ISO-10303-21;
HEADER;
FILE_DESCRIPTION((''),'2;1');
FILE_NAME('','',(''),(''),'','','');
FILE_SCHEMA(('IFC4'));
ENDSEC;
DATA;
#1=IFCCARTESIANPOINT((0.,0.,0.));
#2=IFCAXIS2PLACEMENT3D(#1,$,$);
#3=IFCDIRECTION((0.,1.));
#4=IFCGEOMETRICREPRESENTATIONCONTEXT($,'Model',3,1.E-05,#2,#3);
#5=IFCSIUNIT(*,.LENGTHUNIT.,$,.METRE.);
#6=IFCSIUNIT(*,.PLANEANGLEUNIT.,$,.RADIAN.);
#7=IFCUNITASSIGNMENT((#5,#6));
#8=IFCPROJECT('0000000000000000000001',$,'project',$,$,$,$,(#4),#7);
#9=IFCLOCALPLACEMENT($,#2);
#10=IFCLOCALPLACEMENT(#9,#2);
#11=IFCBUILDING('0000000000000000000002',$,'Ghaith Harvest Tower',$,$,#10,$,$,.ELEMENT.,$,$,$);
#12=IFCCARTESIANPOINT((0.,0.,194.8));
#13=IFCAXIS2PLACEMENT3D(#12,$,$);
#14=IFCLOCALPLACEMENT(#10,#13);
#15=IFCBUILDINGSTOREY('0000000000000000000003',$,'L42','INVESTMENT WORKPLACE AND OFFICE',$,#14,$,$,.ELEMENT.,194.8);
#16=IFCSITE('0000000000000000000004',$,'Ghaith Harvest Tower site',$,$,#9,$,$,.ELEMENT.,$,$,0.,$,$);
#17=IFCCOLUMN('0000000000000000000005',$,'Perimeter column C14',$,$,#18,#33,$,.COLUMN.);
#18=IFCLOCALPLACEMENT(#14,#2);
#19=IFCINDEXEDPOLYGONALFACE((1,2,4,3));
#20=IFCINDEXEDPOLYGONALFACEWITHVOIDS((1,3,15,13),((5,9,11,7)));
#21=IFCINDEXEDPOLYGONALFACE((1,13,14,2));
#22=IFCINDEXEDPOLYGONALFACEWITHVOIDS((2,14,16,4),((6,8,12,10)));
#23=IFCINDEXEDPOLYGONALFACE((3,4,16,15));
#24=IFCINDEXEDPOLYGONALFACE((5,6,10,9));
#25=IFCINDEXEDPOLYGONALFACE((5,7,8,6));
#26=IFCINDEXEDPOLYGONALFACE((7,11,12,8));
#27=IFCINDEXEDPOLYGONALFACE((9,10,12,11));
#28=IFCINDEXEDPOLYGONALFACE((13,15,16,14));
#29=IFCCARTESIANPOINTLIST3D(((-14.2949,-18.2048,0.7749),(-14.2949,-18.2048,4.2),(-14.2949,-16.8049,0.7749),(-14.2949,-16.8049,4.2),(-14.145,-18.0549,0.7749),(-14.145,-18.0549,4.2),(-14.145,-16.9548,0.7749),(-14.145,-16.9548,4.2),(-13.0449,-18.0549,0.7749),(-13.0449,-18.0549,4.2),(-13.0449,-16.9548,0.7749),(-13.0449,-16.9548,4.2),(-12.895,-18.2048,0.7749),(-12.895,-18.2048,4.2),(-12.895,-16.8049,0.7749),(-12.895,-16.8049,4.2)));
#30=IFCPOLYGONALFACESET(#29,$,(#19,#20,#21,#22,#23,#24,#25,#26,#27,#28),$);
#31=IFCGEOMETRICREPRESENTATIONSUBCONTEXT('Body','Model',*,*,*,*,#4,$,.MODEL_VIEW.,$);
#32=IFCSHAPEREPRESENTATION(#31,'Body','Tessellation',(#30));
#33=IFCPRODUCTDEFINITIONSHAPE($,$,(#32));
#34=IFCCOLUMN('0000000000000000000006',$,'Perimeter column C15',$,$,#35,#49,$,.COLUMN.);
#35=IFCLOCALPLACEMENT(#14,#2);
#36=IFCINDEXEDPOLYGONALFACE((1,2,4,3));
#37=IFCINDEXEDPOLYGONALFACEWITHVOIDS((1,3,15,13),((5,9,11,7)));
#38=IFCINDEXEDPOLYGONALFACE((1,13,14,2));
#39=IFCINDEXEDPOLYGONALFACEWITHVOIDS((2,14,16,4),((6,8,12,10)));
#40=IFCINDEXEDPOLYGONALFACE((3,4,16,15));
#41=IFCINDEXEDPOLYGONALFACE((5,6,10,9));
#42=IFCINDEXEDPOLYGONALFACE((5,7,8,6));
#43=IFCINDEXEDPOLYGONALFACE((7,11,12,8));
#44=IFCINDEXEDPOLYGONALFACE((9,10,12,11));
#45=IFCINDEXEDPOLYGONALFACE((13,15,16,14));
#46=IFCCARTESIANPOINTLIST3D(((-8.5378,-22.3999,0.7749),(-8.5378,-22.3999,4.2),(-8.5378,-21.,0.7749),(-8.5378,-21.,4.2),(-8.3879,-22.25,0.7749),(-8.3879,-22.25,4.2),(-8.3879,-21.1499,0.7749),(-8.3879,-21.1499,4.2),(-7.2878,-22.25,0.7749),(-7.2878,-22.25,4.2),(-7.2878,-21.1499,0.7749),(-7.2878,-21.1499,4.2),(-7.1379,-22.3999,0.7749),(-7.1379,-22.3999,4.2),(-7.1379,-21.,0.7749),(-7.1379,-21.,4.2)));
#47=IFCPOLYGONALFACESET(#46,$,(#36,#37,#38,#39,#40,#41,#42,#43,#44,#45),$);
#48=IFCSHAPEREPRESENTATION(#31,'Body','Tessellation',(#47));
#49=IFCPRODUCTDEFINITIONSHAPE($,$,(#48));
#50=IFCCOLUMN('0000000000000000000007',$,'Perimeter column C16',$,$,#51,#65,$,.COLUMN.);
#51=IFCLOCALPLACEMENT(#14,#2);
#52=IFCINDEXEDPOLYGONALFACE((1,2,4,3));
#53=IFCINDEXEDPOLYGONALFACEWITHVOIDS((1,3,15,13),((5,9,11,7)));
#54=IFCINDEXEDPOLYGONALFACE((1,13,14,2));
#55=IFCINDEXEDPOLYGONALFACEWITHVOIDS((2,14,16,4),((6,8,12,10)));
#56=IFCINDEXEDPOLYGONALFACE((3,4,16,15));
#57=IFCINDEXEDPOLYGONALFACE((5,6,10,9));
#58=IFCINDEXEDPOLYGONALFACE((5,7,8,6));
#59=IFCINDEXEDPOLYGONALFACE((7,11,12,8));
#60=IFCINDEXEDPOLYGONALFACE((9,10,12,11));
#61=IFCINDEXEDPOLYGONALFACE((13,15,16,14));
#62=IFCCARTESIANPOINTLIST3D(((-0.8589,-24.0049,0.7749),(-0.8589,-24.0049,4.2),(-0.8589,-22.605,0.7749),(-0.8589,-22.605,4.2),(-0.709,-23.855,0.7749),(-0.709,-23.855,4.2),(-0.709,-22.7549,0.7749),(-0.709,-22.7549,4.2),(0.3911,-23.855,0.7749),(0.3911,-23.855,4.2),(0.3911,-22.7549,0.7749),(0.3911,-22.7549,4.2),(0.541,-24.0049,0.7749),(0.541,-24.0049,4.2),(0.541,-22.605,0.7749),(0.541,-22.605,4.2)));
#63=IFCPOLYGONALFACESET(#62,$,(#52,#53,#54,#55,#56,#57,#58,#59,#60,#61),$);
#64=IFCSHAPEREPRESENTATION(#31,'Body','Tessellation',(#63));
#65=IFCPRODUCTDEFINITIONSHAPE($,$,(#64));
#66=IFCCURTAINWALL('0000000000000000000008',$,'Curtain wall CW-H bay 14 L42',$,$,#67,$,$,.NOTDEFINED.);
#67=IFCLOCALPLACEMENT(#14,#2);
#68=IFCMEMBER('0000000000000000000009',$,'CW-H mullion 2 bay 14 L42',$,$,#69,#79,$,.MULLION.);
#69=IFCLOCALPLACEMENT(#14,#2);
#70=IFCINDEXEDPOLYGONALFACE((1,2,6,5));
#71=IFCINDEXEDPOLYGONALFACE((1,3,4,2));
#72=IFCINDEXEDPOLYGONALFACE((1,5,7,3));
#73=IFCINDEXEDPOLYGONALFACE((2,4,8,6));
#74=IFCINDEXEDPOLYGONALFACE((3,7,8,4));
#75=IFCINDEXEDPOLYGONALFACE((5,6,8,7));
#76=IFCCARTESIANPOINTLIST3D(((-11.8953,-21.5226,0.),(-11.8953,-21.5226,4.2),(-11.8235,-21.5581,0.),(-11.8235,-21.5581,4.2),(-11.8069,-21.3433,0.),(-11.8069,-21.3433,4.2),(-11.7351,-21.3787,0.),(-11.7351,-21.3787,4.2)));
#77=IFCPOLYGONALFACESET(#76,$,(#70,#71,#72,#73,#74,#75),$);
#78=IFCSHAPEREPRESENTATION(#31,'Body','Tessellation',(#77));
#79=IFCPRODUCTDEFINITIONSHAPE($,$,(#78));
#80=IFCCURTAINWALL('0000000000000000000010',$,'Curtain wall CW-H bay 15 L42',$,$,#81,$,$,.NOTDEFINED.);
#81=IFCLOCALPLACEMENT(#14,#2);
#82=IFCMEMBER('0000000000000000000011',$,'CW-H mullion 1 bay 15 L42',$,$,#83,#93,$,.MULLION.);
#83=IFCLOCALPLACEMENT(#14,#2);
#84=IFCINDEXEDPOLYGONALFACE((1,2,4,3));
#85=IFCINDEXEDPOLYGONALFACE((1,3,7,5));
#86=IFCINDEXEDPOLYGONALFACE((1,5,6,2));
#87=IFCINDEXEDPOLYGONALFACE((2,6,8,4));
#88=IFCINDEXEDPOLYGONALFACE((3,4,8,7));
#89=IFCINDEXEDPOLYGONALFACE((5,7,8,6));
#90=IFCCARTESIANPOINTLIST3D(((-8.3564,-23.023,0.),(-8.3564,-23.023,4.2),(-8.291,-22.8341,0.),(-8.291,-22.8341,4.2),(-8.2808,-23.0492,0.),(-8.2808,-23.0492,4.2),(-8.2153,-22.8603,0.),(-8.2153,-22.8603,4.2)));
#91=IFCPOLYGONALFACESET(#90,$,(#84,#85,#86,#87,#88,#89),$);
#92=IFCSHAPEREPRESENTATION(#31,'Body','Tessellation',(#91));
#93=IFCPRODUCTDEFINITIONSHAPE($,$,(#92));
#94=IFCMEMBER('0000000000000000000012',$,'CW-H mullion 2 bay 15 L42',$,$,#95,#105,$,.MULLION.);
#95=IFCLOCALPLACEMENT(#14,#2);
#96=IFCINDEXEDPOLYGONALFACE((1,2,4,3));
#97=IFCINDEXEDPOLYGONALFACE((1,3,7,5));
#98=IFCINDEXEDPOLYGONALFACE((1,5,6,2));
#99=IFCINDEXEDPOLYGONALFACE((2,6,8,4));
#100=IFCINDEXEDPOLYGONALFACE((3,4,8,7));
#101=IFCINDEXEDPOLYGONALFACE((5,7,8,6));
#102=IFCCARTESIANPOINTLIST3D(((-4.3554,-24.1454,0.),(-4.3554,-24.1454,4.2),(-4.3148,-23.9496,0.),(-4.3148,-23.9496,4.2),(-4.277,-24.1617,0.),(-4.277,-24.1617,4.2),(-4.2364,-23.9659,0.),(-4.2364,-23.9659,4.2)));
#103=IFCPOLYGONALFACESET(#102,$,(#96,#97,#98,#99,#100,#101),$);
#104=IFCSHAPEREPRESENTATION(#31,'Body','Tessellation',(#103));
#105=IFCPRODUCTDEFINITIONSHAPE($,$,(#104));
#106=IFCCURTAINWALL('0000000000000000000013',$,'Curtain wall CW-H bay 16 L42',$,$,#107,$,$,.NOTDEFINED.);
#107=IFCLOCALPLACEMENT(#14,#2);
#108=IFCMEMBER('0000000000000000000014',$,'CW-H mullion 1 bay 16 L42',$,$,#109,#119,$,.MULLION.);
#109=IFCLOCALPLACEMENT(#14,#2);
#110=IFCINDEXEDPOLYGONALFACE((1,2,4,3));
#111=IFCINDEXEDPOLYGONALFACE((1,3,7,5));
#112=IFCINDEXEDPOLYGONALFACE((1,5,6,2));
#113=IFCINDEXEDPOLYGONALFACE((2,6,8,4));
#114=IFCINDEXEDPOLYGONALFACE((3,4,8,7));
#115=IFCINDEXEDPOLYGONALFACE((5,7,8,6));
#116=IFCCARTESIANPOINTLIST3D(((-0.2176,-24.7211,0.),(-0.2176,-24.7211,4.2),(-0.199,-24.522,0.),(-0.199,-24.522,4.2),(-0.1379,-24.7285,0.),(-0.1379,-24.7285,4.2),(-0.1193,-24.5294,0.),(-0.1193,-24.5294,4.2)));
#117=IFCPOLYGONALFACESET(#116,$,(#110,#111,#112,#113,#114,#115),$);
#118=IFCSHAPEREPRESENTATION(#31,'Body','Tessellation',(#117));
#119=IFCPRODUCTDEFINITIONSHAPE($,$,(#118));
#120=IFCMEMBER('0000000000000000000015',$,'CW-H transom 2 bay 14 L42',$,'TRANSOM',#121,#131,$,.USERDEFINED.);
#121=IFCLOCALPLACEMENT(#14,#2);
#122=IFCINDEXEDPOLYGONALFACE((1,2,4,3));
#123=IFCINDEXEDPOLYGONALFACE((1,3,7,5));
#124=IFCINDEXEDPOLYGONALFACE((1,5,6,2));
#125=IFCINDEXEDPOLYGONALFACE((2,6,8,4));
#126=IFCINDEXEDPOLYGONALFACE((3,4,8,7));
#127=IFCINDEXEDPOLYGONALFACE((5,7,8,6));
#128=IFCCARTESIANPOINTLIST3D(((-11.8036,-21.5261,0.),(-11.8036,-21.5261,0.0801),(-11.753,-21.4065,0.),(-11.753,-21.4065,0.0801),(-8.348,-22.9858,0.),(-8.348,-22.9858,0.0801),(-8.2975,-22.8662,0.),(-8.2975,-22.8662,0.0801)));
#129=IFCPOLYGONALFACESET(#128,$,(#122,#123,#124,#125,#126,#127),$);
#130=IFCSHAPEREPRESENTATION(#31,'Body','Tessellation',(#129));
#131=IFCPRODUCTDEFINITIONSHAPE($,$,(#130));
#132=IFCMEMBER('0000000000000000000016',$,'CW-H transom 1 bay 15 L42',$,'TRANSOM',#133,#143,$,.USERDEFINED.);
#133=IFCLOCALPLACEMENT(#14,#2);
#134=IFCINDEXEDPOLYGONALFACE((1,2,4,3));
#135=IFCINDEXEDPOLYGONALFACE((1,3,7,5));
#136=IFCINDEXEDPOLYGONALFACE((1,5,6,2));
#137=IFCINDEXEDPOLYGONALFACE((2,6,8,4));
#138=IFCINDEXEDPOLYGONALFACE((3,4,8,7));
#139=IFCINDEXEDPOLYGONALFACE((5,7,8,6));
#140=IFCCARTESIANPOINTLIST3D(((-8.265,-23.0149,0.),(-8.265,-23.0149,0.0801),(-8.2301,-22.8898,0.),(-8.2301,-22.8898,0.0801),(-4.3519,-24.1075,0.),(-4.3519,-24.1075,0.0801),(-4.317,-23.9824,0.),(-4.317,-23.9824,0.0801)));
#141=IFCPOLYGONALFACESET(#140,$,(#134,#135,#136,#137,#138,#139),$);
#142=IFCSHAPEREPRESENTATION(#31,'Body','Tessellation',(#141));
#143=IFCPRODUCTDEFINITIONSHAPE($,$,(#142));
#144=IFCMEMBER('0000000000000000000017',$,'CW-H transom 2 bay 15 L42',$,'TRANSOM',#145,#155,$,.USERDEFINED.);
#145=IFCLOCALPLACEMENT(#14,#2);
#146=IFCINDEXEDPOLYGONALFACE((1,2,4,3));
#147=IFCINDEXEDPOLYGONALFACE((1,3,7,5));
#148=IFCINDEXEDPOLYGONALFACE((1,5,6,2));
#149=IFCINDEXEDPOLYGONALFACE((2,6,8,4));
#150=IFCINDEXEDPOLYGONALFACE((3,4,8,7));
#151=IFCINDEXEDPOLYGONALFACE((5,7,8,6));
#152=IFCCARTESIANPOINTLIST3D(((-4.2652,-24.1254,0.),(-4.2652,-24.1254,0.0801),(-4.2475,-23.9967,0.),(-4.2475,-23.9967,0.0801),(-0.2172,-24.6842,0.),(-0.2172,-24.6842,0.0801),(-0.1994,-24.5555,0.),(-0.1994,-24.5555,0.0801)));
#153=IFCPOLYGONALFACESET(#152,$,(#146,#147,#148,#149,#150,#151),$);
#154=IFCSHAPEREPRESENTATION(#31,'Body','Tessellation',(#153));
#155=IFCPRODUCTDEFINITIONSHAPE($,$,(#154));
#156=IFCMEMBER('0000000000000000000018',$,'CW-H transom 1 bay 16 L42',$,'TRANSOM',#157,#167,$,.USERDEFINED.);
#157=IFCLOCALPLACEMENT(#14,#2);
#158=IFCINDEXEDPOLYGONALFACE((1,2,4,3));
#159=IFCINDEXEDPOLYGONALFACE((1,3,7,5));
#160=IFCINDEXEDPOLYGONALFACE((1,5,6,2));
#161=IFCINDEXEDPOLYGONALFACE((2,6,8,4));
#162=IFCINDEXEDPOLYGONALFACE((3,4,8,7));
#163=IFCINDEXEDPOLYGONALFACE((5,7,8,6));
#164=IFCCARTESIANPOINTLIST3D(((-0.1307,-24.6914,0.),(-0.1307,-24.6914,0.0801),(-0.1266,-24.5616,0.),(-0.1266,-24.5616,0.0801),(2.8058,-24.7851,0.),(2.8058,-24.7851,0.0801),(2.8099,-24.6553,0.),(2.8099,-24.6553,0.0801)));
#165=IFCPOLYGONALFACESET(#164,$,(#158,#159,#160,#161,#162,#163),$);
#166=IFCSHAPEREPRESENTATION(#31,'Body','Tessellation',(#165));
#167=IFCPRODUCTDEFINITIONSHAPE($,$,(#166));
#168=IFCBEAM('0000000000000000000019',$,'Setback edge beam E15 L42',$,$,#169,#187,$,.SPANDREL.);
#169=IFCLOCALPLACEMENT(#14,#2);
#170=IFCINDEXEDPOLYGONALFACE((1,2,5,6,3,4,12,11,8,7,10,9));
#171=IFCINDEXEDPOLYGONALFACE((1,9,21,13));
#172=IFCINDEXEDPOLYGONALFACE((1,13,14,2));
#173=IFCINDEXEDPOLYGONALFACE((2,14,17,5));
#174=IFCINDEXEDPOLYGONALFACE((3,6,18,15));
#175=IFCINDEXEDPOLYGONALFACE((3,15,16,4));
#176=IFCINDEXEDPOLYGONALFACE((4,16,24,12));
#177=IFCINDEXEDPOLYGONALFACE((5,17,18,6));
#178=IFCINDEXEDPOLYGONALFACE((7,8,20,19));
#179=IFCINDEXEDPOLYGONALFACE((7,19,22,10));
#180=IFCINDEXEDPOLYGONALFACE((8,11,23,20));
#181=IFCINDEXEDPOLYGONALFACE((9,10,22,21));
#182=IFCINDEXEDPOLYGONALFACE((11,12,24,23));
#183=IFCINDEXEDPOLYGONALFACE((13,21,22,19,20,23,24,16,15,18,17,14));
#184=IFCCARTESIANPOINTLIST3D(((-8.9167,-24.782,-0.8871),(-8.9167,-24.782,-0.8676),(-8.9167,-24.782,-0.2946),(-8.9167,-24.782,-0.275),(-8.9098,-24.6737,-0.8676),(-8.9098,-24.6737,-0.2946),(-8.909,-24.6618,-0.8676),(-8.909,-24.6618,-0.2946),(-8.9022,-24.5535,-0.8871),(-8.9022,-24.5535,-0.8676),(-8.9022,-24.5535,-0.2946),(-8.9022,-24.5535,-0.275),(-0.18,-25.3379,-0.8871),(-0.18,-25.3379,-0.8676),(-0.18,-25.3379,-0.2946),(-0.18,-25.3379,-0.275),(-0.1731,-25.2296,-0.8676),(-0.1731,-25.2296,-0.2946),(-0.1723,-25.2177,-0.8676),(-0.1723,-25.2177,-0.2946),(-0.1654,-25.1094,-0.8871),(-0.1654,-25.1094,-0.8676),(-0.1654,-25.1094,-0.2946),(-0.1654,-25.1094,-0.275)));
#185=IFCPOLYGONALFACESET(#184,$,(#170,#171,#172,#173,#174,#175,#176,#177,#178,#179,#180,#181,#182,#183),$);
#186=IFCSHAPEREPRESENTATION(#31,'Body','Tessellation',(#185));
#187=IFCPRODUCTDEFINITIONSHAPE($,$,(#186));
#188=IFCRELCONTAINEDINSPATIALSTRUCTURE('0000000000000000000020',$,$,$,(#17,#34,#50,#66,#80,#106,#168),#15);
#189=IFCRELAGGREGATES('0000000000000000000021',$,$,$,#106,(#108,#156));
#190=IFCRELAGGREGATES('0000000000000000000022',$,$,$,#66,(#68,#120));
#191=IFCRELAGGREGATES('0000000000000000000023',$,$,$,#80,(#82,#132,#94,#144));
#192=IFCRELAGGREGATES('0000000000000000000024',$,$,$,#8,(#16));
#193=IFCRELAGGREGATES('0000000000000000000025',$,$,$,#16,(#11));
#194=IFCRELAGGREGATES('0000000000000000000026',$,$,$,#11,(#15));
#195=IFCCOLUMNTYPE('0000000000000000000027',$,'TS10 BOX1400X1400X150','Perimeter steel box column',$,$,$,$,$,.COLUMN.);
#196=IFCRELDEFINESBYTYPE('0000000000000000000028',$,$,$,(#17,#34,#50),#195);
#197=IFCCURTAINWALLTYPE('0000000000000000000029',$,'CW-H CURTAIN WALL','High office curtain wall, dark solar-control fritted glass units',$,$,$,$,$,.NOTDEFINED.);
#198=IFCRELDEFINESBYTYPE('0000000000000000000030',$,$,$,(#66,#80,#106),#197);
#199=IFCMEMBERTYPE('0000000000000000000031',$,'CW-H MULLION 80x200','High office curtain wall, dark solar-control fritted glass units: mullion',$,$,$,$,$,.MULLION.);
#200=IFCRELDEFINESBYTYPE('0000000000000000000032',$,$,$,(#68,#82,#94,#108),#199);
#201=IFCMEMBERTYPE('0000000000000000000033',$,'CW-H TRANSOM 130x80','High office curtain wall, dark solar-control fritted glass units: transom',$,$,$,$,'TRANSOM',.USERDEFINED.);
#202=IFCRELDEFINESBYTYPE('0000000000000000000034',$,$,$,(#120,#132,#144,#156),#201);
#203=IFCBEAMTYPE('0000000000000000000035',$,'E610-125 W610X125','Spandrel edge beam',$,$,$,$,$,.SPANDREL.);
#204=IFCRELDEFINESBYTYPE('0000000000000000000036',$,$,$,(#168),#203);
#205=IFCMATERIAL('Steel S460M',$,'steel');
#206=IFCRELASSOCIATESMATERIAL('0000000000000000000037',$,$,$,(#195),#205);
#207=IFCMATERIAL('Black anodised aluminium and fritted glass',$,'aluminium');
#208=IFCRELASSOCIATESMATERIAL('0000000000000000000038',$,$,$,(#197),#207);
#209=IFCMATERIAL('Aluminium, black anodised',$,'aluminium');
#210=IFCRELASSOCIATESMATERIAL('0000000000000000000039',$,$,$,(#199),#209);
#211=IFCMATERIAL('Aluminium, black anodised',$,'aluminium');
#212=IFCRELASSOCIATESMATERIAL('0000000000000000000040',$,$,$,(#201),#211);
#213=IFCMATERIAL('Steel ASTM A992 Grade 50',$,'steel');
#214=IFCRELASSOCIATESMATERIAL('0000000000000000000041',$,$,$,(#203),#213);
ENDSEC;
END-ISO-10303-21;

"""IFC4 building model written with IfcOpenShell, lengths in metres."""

from ifc_helpers import new_model, si_unit, direction, frame, origin, origin_2d, place, context, subcontext, project, spatial, rectangle, hollow_rectangle, i_section, extrude, material, material_profile, profile_set, type_object, element, aggregate, save


model = new_model("IFC4")

# Units and contexts
model_context = context("Model", 3, precision=1e-05, world=origin(), true_north=direction((0.0, 1.0)))
body_context = subcontext(model_context, "Body", "Model", "MODEL_VIEW")
ifc_project = project(units=[si_unit("LENGTHUNIT", "METRE"), si_unit("PLANEANGLEUNIT", "RADIAN")], contexts=[model_context])

# Site, building, storey
site_placement = place(None, origin())
site = spatial("IfcSite", under=ifc_project, at=site_placement, Name="Ghaith Harvest Tower site", CompositionType="ELEMENT", RefElevation=0.0)
building_placement = place(site_placement, origin())
building = spatial("IfcBuilding", under=site, at=building_placement, Name="Ghaith Harvest Tower", CompositionType="ELEMENT")
storey_placement = place(building_placement, frame((0.0, 0.0, 194.8)))
storey = spatial("IfcBuildingStorey", under=building, at=storey_placement, Name="L42", Description="INVESTMENT WORKPLACE AND OFFICE", CompositionType="ELEMENT", Elevation=194.8)

# Columns
ifc_material_1 = material(Name="Steel S460M", Category="steel")
ifc_material_profile_1 = material_profile(ifc_material_1, hollow_rectangle(XDim=1.3999, YDim=1.3999, WallThickness=0.1499, at=origin_2d()), Name="BOX1400X1400X150")
ifc_profile_set_1 = profile_set([ifc_material_profile_1], Name="Steel S460M")
column_type = type_object("IfcColumnType", Name="TS10 BOX1400X1400X150", Description="Perimeter steel box column", PredefinedType="COLUMN", material=ifc_profile_set_1)
for number, where, z_axis, x_axis, name in (
    (1, (-13.595, -17.5049, 0.7749), (0.0, 0.0, 1.0), (1.0, 0.0, 0.0), "Perimeter column C14"),
    (2, (-7.8379, -21.7, 0.7749), (0.0, 0.0, 1.0), (1.0, 0.0, 0.0), "Perimeter column C15"),
    (3, (-0.1589, -23.3049, 0.7749), (0.0, 0.0, 1.0), (1.0, 0.0, 0.0), "Perimeter column C16"),
):
    element("IfcColumn", number, at=place(storey_placement, frame(where, z_axis=z_axis, x_axis=x_axis)), inside=storey, type_object=column_type, Name=name, PredefinedType="COLUMN", context=body_context, shape_type="SweptSolid", body=[
        extrude(hollow_rectangle(XDim=1.3999, YDim=1.3999, WallThickness=0.1499, at=origin_2d()), origin(), (0.0, 0.0, 1.0), 3.425),
    ])

# Curtain wall, member
ifc_material_2 = material(Name="Black anodised aluminium and fritted glass", Category="aluminium")
curtain_wall_type = type_object("IfcCurtainWallType", Name="CW-H CURTAIN WALL", Description="High office curtain wall, dark solar-control fritted glass units", PredefinedType="NOTDEFINED", material=ifc_material_2)
curtain_wall_1_placement = place(storey_placement, origin())
curtain_wall_1 = element("IfcCurtainWall", 4, at=curtain_wall_1_placement, inside=storey, type_object=curtain_wall_type, Name="Curtain wall CW-H bay 14 L42", PredefinedType="NOTDEFINED")
ifc_material_3 = material(Name="Aluminium, black anodised", Category="aluminium")
ifc_material_profile_2 = material_profile(ifc_material_3, rectangle(XDim=0.0801, YDim=0.2, at=origin_2d()), Name="CW-H MULLION 80x200")
ifc_profile_set_2 = profile_set([ifc_material_profile_2], Name="Aluminium, black anodised")
member_type_1 = type_object("IfcMemberType", Name="CW-H MULLION 80x200", Description="High office curtain wall, dark solar-control fritted glass units: mullion", PredefinedType="MULLION", material=ifc_profile_set_2)
member_1_placement = place(storey_placement, frame((-11.8152, -21.4507, 0.0), z_axis=(0.0, 0.0, 1.0), x_axis=(0.896853, -0.442329, 0.0)))
member_1 = element("IfcMember", 5, at=member_1_placement, type_object=member_type_1, Name="CW-H mullion 2 bay 14 L42", PredefinedType="MULLION", context=body_context, shape_type="SweptSolid", body=[
    extrude(rectangle(XDim=0.0801, YDim=0.2, at=origin_2d()), origin(), (0.0, 0.0, 1.0), 4.2),
])

# Curtain wall, members
curtain_wall_2_placement = place(storey_placement, origin())
curtain_wall_2 = element("IfcCurtainWall", 6, at=curtain_wall_2_placement, inside=storey, type_object=curtain_wall_type, Name="Curtain wall CW-H bay 15 L42", PredefinedType="NOTDEFINED")
member_2_placement = place(storey_placement, frame((-8.2859, -22.9417, 0.0), z_axis=(0.0, 0.0, 1.0), x_axis=(0.944906, -0.327342, 0.0)))
member_2 = element("IfcMember", 7, at=member_2_placement, type_object=member_type_1, Name="CW-H mullion 1 bay 15 L42", PredefinedType="MULLION", context=body_context, shape_type="SweptSolid", body=[
    extrude(rectangle(XDim=0.0801, YDim=0.2, at=origin_2d()), origin(), (0.0, 0.0, 1.0), 4.2),
])
member_3_placement = place(storey_placement, frame((-4.2959, -24.0557, 0.0), z_axis=(0.0, 0.0, 1.0), x_axis=(0.979161, -0.203084, 0.0)))
member_3 = element("IfcMember", 8, at=member_3_placement, type_object=member_type_1, Name="CW-H mullion 2 bay 15 L42", PredefinedType="MULLION", context=body_context, shape_type="SweptSolid", body=[
    extrude(rectangle(XDim=0.0801, YDim=0.2, at=origin_2d()), origin(), (0.0, 0.0, 1.0), 4.2),
])

# Curtain wall, member
curtain_wall_3_placement = place(storey_placement, origin())
curtain_wall_3 = element("IfcCurtainWall", 9, at=curtain_wall_3_placement, inside=storey, type_object=curtain_wall_type, Name="Curtain wall CW-H bay 16 L42", PredefinedType="NOTDEFINED")
member_4_placement = place(storey_placement, frame((-0.1685, -24.6252, 0.0), z_axis=(0.0, 0.0, 1.0), x_axis=(0.995685, -0.092802, 0.0)))
member_4 = element("IfcMember", 10, at=member_4_placement, type_object=member_type_1, Name="CW-H mullion 1 bay 16 L42", PredefinedType="MULLION", context=body_context, shape_type="SweptSolid", body=[
    extrude(rectangle(XDim=0.0801, YDim=0.2, at=origin_2d()), origin(), (0.0, 0.0, 1.0), 4.2),
])

# Members
ifc_material_4 = material(Name="Aluminium, black anodised", Category="aluminium")
ifc_material_profile_3 = material_profile(ifc_material_4, rectangle(XDim=0.1299, YDim=0.0801, at=origin_2d()), Name="CW-H TRANSOM 130x80")
ifc_profile_set_3 = profile_set([ifc_material_profile_3], Name="Aluminium, black anodised")
member_type_2 = type_object("IfcMemberType", Name="CW-H TRANSOM 130x80", Description="High office curtain wall, dark solar-control fritted glass units: transom", ElementType="TRANSOM", PredefinedType="USERDEFINED", material=ifc_profile_set_3)
member_5_placement = place(storey_placement, frame((-11.7783, -21.4663, 0.04), z_axis=(0.921183, -0.38913, 0.0), x_axis=(0.38913, 0.921183, 0.0)))
member_5 = element("IfcMember", 11, at=member_5_placement, type_object=member_type_2, Name="CW-H transom 2 bay 14 L42", ObjectType="TRANSOM", PredefinedType="USERDEFINED", context=body_context, shape_type="SweptSolid", body=[
    extrude(rectangle(XDim=0.1299, YDim=0.0801, at=origin_2d()), origin(), (0.0, 0.0, 1.0), 3.7512),
])
member_6_placement = place(storey_placement, frame((-8.2476, -22.9524, 0.04), z_axis=(0.963164, -0.268914, 0.0), x_axis=(0.268914, 0.963164, 0.0)))
member_6 = element("IfcMember", 12, at=member_6_placement, type_object=member_type_2, Name="CW-H transom 1 bay 15 L42", ObjectType="TRANSOM", PredefinedType="USERDEFINED", context=body_context, shape_type="SweptSolid", body=[
    extrude(rectangle(XDim=0.1299, YDim=0.0801, at=origin_2d()), origin(), (0.0, 0.0, 1.0), 4.0627),
])
member_7_placement = place(storey_placement, frame((-4.2563, -24.061, 0.04), z_axis=(0.990605, -0.136753, 0.0), x_axis=(0.136753, 0.990605, 0.0)))
member_7 = element("IfcMember", 13, at=member_7_placement, type_object=member_type_2, Name="CW-H transom 2 bay 15 L42", ObjectType="TRANSOM", PredefinedType="USERDEFINED", context=body_context, shape_type="SweptSolid", body=[
    extrude(rectangle(XDim=0.1299, YDim=0.0801, at=origin_2d()), origin(), (0.0, 0.0, 1.0), 4.0864),
])
member_8_placement = place(storey_placement, frame((-0.1287, -24.6265, 0.04), z_axis=(0.999491, -0.031909, 0.0), x_axis=(0.031909, 0.999491, 0.0)))
member_8 = element("IfcMember", 14, at=member_8_placement, type_object=member_type_2, Name="CW-H transom 1 bay 16 L42", ObjectType="TRANSOM", PredefinedType="USERDEFINED", context=body_context, shape_type="SweptSolid", body=[
    extrude(rectangle(XDim=0.1299, YDim=0.0801, at=origin_2d()), origin(), (0.0, 0.0, 1.0), 2.938),
])
aggregate(curtain_wall_3, [member_4, member_8])

# Beam
ifc_material_5 = material(Name="Steel ASTM A992 Grade 50", Category="steel")
ifc_material_profile_4 = material_profile(ifc_material_5, i_section(OverallWidth=0.229, OverallDepth=0.6121, WebThickness=0.012, FlangeThickness=0.0195, at=origin_2d()), Name="W610X125")
ifc_profile_set_4 = profile_set([ifc_material_profile_4], Name="Steel ASTM A992 Grade 50")
beam_type_1 = type_object("IfcBeamType", Name="E610-125 W610X125", Description="Spandrel edge beam", PredefinedType="SPANDREL", material=ifc_profile_set_4)
beam_1_placement = place(storey_placement, frame((-8.9094, -24.6677, -0.5811), z_axis=(0.997982, -0.0635, 0.0), x_axis=(0.0635, 0.997982, 0.0)))
element("IfcBeam", 15, at=beam_1_placement, inside=storey, type_object=beam_type_1, Name="Setback edge beam E15 L42", PredefinedType="SPANDREL", context=body_context, shape_type="SweptSolid", body=[
    extrude(i_section(OverallWidth=0.229, OverallDepth=0.6121, WebThickness=0.012, FlangeThickness=0.0195, at=origin_2d()), origin(), (0.0, 0.0, 1.0), 8.7544),
])

aggregate(curtain_wall_1, [member_1, member_5])
aggregate(curtain_wall_2, [member_2, member_6, member_3, member_7])

save(model, "model.ifc")
